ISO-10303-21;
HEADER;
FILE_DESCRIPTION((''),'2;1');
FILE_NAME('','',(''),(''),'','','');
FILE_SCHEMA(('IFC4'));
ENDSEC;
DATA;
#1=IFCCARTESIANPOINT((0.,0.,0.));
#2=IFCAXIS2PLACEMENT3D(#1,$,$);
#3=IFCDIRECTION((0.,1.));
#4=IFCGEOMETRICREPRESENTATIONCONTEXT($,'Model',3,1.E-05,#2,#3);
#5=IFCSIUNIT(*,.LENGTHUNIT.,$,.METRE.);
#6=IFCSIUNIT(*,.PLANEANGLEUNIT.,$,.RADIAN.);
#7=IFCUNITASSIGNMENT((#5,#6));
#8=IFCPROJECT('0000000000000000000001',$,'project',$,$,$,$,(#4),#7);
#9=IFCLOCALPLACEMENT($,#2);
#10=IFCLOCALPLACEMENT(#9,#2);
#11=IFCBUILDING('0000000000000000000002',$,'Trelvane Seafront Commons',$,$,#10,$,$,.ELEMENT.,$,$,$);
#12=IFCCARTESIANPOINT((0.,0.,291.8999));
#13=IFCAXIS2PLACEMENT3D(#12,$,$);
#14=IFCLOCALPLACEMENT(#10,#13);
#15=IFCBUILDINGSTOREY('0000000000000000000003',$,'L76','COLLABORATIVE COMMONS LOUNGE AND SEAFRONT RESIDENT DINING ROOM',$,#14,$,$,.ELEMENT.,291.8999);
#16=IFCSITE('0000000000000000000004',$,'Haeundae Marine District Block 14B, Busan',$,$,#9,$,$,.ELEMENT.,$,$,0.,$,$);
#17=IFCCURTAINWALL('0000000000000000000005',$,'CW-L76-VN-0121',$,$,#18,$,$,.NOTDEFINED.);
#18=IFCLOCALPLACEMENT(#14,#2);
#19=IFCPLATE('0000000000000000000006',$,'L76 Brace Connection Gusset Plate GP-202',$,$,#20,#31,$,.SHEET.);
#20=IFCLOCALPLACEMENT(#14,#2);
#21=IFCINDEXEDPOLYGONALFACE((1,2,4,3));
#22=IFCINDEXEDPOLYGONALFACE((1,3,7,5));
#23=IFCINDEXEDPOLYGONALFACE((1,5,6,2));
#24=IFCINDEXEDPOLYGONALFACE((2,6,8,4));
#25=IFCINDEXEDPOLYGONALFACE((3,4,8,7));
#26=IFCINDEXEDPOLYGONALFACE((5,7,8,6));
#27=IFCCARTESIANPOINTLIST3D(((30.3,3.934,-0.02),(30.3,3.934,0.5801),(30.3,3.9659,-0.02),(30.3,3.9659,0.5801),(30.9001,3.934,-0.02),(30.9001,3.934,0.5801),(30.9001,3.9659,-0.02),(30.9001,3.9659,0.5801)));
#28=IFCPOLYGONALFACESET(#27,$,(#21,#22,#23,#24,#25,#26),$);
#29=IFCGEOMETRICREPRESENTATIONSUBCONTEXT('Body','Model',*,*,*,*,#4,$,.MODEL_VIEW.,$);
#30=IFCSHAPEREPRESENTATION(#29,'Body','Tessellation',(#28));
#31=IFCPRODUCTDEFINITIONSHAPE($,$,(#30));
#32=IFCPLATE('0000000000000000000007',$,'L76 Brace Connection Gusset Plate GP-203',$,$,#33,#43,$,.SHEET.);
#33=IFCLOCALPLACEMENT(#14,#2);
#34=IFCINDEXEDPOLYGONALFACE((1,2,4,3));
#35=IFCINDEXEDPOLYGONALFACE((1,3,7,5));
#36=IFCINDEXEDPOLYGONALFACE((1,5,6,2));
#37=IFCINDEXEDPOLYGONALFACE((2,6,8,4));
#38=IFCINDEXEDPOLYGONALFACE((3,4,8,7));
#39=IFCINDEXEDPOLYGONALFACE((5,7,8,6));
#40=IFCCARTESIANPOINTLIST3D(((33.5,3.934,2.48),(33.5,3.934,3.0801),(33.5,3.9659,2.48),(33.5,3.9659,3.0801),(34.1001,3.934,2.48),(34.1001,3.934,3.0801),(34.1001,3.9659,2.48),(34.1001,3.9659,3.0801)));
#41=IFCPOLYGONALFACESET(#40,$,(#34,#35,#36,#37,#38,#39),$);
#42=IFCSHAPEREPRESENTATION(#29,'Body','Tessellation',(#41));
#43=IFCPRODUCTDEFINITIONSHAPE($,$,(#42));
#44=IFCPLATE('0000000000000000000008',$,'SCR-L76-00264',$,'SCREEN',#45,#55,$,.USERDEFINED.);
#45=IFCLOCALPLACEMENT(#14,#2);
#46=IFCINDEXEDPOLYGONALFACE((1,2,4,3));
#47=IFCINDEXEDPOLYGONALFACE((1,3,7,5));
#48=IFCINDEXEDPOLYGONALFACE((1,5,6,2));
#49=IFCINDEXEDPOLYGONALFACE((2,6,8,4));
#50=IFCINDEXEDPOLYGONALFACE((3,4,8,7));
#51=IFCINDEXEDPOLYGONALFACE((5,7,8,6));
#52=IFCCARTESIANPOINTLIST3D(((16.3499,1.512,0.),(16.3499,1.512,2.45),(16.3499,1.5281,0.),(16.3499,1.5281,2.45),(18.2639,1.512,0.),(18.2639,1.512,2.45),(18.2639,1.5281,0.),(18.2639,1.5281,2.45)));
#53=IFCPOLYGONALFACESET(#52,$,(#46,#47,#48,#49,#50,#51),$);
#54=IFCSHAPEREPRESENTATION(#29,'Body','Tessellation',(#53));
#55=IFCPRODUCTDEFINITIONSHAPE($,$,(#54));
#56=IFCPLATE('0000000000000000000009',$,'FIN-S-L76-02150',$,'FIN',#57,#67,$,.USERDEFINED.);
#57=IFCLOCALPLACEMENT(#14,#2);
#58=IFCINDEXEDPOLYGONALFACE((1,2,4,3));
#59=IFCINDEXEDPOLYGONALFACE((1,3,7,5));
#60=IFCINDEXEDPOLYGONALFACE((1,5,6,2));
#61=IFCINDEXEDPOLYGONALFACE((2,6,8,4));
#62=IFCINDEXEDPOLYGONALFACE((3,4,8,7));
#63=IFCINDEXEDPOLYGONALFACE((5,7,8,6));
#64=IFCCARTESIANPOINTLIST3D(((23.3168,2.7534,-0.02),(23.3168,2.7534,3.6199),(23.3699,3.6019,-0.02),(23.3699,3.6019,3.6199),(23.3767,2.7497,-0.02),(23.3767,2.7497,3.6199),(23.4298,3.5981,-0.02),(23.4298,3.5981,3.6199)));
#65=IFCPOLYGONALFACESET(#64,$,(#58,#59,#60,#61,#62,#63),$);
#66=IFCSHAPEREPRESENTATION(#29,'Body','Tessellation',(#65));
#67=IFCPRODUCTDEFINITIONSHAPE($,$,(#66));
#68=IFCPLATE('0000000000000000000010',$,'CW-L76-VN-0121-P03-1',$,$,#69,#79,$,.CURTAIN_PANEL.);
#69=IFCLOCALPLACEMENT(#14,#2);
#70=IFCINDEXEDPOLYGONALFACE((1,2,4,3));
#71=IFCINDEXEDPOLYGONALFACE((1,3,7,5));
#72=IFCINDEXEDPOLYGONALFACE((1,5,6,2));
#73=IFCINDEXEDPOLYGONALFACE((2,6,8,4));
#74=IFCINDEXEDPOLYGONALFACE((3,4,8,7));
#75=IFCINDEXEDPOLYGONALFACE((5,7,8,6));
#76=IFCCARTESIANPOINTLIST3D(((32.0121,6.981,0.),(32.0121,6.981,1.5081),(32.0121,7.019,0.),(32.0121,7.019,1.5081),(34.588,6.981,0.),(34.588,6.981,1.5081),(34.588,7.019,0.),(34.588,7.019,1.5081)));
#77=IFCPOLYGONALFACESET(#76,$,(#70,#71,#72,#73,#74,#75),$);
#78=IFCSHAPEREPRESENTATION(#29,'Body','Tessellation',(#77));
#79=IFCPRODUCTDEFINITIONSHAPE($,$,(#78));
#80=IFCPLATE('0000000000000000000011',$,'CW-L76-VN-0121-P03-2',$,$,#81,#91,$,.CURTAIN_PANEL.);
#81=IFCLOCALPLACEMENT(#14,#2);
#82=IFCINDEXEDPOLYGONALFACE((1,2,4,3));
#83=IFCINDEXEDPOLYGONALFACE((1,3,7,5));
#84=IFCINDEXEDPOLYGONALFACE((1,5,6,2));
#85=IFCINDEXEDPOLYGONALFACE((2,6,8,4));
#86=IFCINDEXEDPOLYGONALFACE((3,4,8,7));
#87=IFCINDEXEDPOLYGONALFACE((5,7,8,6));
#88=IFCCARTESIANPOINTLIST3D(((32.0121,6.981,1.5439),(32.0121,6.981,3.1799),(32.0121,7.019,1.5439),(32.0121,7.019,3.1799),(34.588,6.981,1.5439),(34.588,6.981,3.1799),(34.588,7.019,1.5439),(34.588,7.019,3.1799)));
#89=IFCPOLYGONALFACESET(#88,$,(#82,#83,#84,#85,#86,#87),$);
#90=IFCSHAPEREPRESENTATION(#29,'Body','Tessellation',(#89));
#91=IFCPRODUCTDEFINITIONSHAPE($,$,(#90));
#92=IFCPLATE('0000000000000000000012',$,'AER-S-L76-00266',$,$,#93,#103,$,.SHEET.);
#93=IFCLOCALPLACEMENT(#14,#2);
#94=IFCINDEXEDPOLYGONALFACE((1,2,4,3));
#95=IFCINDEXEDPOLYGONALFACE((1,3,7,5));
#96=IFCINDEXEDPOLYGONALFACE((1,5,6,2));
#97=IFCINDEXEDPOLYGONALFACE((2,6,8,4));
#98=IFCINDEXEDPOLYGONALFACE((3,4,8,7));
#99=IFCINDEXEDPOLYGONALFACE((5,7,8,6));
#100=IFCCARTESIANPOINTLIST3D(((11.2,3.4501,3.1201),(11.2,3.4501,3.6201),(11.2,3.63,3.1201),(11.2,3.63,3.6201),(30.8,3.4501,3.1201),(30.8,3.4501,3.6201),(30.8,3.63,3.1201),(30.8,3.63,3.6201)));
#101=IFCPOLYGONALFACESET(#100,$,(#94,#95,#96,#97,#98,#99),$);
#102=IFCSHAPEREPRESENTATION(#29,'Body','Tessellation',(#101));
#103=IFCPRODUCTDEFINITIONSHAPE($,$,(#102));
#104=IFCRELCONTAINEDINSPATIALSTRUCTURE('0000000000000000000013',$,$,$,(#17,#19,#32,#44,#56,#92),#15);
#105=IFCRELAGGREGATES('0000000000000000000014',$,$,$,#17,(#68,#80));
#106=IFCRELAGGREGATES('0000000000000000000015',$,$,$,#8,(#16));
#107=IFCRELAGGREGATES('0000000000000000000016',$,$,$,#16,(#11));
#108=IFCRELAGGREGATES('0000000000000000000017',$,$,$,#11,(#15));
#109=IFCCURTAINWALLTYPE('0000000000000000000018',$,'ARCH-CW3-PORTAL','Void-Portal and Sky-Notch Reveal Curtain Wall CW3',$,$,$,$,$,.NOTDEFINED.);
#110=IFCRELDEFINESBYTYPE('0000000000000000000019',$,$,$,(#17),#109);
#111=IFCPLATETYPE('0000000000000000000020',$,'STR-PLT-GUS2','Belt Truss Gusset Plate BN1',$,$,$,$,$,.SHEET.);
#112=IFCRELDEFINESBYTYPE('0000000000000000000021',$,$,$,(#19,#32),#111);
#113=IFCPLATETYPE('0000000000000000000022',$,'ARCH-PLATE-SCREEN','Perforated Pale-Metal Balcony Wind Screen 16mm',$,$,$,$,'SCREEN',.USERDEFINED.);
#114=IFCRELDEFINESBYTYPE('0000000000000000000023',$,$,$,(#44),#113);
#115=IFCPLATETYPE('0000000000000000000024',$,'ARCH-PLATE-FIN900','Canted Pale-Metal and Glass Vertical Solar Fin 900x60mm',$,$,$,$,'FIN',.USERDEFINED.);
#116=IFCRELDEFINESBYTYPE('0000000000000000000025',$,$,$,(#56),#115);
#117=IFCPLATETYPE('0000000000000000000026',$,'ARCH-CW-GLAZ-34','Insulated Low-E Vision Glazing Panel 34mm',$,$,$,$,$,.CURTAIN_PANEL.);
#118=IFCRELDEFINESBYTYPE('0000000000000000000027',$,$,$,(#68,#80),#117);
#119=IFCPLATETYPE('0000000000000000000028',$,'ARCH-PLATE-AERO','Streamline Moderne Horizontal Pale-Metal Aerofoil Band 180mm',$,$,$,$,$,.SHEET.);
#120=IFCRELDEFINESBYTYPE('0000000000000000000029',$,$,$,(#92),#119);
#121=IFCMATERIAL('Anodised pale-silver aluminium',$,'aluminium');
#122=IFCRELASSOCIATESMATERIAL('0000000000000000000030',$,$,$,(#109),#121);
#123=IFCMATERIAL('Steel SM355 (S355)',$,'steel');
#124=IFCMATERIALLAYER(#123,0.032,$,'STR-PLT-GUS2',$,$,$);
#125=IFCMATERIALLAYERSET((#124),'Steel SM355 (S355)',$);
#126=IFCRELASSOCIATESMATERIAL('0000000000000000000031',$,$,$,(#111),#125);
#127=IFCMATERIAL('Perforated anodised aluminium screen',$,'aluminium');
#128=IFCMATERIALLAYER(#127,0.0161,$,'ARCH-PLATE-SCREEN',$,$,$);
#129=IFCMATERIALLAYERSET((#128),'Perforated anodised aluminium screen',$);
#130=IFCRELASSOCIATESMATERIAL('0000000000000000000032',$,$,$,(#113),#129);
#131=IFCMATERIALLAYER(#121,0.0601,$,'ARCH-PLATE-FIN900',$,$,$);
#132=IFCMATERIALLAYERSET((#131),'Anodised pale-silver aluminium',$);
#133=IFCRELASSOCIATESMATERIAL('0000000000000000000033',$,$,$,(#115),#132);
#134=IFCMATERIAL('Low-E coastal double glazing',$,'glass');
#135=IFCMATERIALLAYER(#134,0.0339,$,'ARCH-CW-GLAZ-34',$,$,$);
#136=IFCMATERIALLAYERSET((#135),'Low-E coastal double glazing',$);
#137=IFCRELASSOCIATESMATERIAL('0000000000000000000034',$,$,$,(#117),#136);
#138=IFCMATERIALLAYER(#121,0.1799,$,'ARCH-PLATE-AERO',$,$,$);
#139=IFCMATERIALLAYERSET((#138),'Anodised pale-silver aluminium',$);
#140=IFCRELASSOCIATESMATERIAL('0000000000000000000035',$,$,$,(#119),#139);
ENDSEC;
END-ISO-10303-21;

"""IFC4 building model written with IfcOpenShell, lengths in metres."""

from ifc_helpers import new_model, si_unit, direction, frame, origin, origin_2d, place, context, subcontext, project, spatial, rectangle, extrude, source, transform, mapped, material, layer, layer_set, type_object, element, aggregate, save


model = new_model("IFC4")

# Units and contexts
model_context = context("Model", 3, precision=1e-05, world=origin(), true_north=direction((0.0, 1.0)))
body_context = subcontext(model_context, "Body", "Model", "MODEL_VIEW")
ifc_project = project(units=[si_unit("LENGTHUNIT", "METRE"), si_unit("PLANEANGLEUNIT", "RADIAN")], contexts=[model_context])

# Site, building, storey
site_placement = place(None, origin())
site = spatial("IfcSite", under=ifc_project, at=site_placement, Name="Haeundae Marine District Block 14B, Busan", CompositionType="ELEMENT", RefElevation=0.0)
building_placement = place(site_placement, origin())
building = spatial("IfcBuilding", under=site, at=building_placement, Name="Trelvane Seafront Commons", CompositionType="ELEMENT")
storey_placement = place(building_placement, frame((0.0, 0.0, 291.8999)))
storey = spatial("IfcBuildingStorey", under=building, at=storey_placement, Name="L76", Description="COLLABORATIVE COMMONS LOUNGE AND SEAFRONT RESIDENT DINING ROOM", CompositionType="ELEMENT", Elevation=291.8999)

# Shared definitions
ifc_material_1 = material(Name="Steel SM355 (S355)", Category="steel")

# Curtain wall
ifc_material_2 = material(Name="Anodised pale-silver aluminium", Category="aluminium")
curtain_wall_type = type_object("IfcCurtainWallType", Name="ARCH-CW3-PORTAL", Description="Void-Portal and Sky-Notch Reveal Curtain Wall CW3", PredefinedType="NOTDEFINED", material=ifc_material_2)
curtain_wall_placement = place(storey_placement, origin())
curtain_wall = element("IfcCurtainWall", 1, at=curtain_wall_placement, inside=storey, type_object=curtain_wall_type, Name="CW-L76-VN-0121", PredefinedType="NOTDEFINED")

# Plates
ifc_layer_1 = layer(ifc_material_1, 0.032, Name="STR-PLT-GUS2")
ifc_layer_set_1 = layer_set([ifc_layer_1], Name="Steel SM355 (S355)")
plate_type_1 = type_object("IfcPlateType", Name="STR-PLT-GUS2", Description="Belt Truss Gusset Plate BN1", PredefinedType="SHEET", material=ifc_layer_set_1)
shared_shape_1 = source(origin(), body_context, "Body", "SweptSolid", [
    extrude(rectangle(XDim=0.6001, YDim=0.032, at=origin_2d()), origin(), (0.0, 0.0, 1.0), 0.6001),
])
for number, where, z_axis, x_axis, name in (
    (2, (30.6001, 3.95, -0.02), (0.0, 0.0, 1.0), (1.0, 0.0, 0.0), "L76 Brace Connection Gusset Plate GP-202"),
    (3, (33.8, 3.95, 2.48), (0.0, 0.0, 1.0), (1.0, 0.0, 0.0), "L76 Brace Connection Gusset Plate GP-203"),
):
    element("IfcPlate", number, at=place(storey_placement, frame(where, z_axis=z_axis, x_axis=x_axis)), inside=storey, type_object=plate_type_1, Name=name, PredefinedType="SHEET", context=body_context, shape_type="MappedRepresentation", body=[
        mapped(shared_shape_1, transform((0.0, 0.0, 0.0), x_axis=(1.0, 0.0, 0.0), y_axis=(0.0, 1.0, 0.0), z_axis=(0.0, 0.0, 1.0), scale=1.0)),
    ])
ifc_material_3 = material(Name="Perforated anodised aluminium screen", Category="aluminium")
ifc_layer_2 = layer(ifc_material_3, 0.0161, Name="ARCH-PLATE-SCREEN")
ifc_layer_set_2 = layer_set([ifc_layer_2], Name="Perforated anodised aluminium screen")
plate_type_2 = type_object("IfcPlateType", Name="ARCH-PLATE-SCREEN", Description="Perforated Pale-Metal Balcony Wind Screen 16mm", ElementType="SCREEN", PredefinedType="USERDEFINED", material=ifc_layer_set_2)
shared_shape_2 = source(origin(), body_context, "Body", "SweptSolid", [
    extrude(rectangle(XDim=1.9141, YDim=0.0161, at=origin_2d()), origin(), (0.0, 0.0, 1.0), 2.45),
])
plate_1_placement = place(storey_placement, frame((17.3069, 1.52, 0.0), z_axis=(0.0, 0.0, 1.0), x_axis=(1.0, 0.0, 0.0)))
element("IfcPlate", 4, at=plate_1_placement, inside=storey, type_object=plate_type_2, Name="SCR-L76-00264", ObjectType="SCREEN", PredefinedType="USERDEFINED", context=body_context, shape_type="MappedRepresentation", body=[
    mapped(shared_shape_2, transform((0.0, 0.0, 0.0), x_axis=(1.0, 0.0, 0.0), y_axis=(0.0, 1.0, 0.0), z_axis=(0.0, 0.0, 1.0), scale=1.0)),
])
ifc_layer_3 = layer(ifc_material_2, 0.0601, Name="ARCH-PLATE-FIN900")
ifc_layer_set_3 = layer_set([ifc_layer_3], Name="Anodised pale-silver aluminium")
plate_type_3 = type_object("IfcPlateType", Name="ARCH-PLATE-FIN900", Description="Canted Pale-Metal and Glass Vertical Solar Fin 900x60mm", ElementType="FIN", PredefinedType="USERDEFINED", material=ifc_layer_set_3)
shared_shape_3 = source(origin(), body_context, "Body", "SweptSolid", [
    extrude(rectangle(XDim=0.8501, YDim=0.0601, at=origin_2d()), origin(), (0.0, 0.0, 1.0), 3.6399),
])
plate_2_placement = place(storey_placement, frame((23.3733, 3.1758, -0.02), z_axis=(0.0, 0.0, 1.0), x_axis=(-0.062473, -0.998047, 0.0)))
element("IfcPlate", 5, at=plate_2_placement, inside=storey, type_object=plate_type_3, Name="FIN-S-L76-02150", ObjectType="FIN", PredefinedType="USERDEFINED", context=body_context, shape_type="MappedRepresentation", body=[
    mapped(shared_shape_3, transform((0.0, 0.0, 0.0), x_axis=(1.0, 0.0, 0.0), y_axis=(0.0, 1.0, 0.0), z_axis=(0.0, 0.0, 1.0), scale=1.0)),
])

# Plates
ifc_material_4 = material(Name="Low-E coastal double glazing", Category="glass")
ifc_layer_4 = layer(ifc_material_4, 0.0339, Name="ARCH-CW-GLAZ-34")
ifc_layer_set_4 = layer_set([ifc_layer_4], Name="Low-E coastal double glazing")
plate_type_4 = type_object("IfcPlateType", Name="ARCH-CW-GLAZ-34", Description="Insulated Low-E Vision Glazing Panel 34mm", PredefinedType="CURTAIN_PANEL", material=ifc_layer_set_4)
shared_shape_4 = source(origin(), body_context, "Body", "SweptSolid", [
    extrude(rectangle(XDim=2.5759, YDim=0.0381, at=origin_2d()), origin(), (0.0, 0.0, 1.0), 1.5081),
])
plate_3_placement = place(storey_placement, frame((33.3, 7.0, 0.0), z_axis=(0.0, 0.0, 1.0), x_axis=(-1.0, 0.0, 0.0)))
plate_3 = element("IfcPlate", 6, at=plate_3_placement, type_object=plate_type_4, Name="CW-L76-VN-0121-P03-1", PredefinedType="CURTAIN_PANEL", context=body_context, shape_type="MappedRepresentation", body=[
    mapped(shared_shape_4, transform((0.0, 0.0, 0.0), x_axis=(1.0, 0.0, 0.0), y_axis=(0.0, 1.0, 0.0), z_axis=(0.0, 0.0, 1.0), scale=1.0)),
])
shared_shape_5 = source(origin(), body_context, "Body", "SweptSolid", [
    extrude(rectangle(XDim=2.5759, YDim=0.0381, at=origin_2d()), origin(), (0.0, 0.0, 1.0), 1.636),
])
plate_4_placement = place(storey_placement, frame((33.3, 7.0, 1.5439), z_axis=(0.0, 0.0, 1.0), x_axis=(-1.0, 0.0, 0.0)))
plate_4 = element("IfcPlate", 7, at=plate_4_placement, type_object=plate_type_4, Name="CW-L76-VN-0121-P03-2", PredefinedType="CURTAIN_PANEL", context=body_context, shape_type="MappedRepresentation", body=[
    mapped(shared_shape_5, transform((0.0, 0.0, 0.0), x_axis=(1.0, 0.0, 0.0), y_axis=(0.0, 1.0, 0.0), z_axis=(0.0, 0.0, 1.0), scale=1.0)),
])
aggregate(curtain_wall, [plate_3, plate_4])
ifc_layer_5 = layer(ifc_material_2, 0.1799, Name="ARCH-PLATE-AERO")
ifc_layer_set_5 = layer_set([ifc_layer_5], Name="Anodised pale-silver aluminium")
plate_type_5 = type_object("IfcPlateType", Name="ARCH-PLATE-AERO", Description="Streamline Moderne Horizontal Pale-Metal Aerofoil Band 180mm", PredefinedType="SHEET", material=ifc_layer_set_5)
shared_shape_6 = source(origin(), body_context, "Body", "SweptSolid", [
    extrude(rectangle(XDim=19.6001, YDim=0.1799, at=origin_2d()), origin(), (0.0, 0.0, 1.0), 0.5),
])
plate_5_placement = place(storey_placement, frame((21.0, 3.54, 3.1201), z_axis=(0.0, 0.0, 1.0), x_axis=(-1.0, 0.0, 0.0)))
element("IfcPlate", 8, at=plate_5_placement, inside=storey, type_object=plate_type_5, Name="AER-S-L76-00266", PredefinedType="SHEET", context=body_context, shape_type="MappedRepresentation", body=[
    mapped(shared_shape_6, transform((0.0, 0.0, 0.0), x_axis=(1.0, 0.0, 0.0), y_axis=(0.0, 1.0, 0.0), z_axis=(0.0, 0.0, 1.0), scale=1.0)),
])

save(model, "model.ifc")
